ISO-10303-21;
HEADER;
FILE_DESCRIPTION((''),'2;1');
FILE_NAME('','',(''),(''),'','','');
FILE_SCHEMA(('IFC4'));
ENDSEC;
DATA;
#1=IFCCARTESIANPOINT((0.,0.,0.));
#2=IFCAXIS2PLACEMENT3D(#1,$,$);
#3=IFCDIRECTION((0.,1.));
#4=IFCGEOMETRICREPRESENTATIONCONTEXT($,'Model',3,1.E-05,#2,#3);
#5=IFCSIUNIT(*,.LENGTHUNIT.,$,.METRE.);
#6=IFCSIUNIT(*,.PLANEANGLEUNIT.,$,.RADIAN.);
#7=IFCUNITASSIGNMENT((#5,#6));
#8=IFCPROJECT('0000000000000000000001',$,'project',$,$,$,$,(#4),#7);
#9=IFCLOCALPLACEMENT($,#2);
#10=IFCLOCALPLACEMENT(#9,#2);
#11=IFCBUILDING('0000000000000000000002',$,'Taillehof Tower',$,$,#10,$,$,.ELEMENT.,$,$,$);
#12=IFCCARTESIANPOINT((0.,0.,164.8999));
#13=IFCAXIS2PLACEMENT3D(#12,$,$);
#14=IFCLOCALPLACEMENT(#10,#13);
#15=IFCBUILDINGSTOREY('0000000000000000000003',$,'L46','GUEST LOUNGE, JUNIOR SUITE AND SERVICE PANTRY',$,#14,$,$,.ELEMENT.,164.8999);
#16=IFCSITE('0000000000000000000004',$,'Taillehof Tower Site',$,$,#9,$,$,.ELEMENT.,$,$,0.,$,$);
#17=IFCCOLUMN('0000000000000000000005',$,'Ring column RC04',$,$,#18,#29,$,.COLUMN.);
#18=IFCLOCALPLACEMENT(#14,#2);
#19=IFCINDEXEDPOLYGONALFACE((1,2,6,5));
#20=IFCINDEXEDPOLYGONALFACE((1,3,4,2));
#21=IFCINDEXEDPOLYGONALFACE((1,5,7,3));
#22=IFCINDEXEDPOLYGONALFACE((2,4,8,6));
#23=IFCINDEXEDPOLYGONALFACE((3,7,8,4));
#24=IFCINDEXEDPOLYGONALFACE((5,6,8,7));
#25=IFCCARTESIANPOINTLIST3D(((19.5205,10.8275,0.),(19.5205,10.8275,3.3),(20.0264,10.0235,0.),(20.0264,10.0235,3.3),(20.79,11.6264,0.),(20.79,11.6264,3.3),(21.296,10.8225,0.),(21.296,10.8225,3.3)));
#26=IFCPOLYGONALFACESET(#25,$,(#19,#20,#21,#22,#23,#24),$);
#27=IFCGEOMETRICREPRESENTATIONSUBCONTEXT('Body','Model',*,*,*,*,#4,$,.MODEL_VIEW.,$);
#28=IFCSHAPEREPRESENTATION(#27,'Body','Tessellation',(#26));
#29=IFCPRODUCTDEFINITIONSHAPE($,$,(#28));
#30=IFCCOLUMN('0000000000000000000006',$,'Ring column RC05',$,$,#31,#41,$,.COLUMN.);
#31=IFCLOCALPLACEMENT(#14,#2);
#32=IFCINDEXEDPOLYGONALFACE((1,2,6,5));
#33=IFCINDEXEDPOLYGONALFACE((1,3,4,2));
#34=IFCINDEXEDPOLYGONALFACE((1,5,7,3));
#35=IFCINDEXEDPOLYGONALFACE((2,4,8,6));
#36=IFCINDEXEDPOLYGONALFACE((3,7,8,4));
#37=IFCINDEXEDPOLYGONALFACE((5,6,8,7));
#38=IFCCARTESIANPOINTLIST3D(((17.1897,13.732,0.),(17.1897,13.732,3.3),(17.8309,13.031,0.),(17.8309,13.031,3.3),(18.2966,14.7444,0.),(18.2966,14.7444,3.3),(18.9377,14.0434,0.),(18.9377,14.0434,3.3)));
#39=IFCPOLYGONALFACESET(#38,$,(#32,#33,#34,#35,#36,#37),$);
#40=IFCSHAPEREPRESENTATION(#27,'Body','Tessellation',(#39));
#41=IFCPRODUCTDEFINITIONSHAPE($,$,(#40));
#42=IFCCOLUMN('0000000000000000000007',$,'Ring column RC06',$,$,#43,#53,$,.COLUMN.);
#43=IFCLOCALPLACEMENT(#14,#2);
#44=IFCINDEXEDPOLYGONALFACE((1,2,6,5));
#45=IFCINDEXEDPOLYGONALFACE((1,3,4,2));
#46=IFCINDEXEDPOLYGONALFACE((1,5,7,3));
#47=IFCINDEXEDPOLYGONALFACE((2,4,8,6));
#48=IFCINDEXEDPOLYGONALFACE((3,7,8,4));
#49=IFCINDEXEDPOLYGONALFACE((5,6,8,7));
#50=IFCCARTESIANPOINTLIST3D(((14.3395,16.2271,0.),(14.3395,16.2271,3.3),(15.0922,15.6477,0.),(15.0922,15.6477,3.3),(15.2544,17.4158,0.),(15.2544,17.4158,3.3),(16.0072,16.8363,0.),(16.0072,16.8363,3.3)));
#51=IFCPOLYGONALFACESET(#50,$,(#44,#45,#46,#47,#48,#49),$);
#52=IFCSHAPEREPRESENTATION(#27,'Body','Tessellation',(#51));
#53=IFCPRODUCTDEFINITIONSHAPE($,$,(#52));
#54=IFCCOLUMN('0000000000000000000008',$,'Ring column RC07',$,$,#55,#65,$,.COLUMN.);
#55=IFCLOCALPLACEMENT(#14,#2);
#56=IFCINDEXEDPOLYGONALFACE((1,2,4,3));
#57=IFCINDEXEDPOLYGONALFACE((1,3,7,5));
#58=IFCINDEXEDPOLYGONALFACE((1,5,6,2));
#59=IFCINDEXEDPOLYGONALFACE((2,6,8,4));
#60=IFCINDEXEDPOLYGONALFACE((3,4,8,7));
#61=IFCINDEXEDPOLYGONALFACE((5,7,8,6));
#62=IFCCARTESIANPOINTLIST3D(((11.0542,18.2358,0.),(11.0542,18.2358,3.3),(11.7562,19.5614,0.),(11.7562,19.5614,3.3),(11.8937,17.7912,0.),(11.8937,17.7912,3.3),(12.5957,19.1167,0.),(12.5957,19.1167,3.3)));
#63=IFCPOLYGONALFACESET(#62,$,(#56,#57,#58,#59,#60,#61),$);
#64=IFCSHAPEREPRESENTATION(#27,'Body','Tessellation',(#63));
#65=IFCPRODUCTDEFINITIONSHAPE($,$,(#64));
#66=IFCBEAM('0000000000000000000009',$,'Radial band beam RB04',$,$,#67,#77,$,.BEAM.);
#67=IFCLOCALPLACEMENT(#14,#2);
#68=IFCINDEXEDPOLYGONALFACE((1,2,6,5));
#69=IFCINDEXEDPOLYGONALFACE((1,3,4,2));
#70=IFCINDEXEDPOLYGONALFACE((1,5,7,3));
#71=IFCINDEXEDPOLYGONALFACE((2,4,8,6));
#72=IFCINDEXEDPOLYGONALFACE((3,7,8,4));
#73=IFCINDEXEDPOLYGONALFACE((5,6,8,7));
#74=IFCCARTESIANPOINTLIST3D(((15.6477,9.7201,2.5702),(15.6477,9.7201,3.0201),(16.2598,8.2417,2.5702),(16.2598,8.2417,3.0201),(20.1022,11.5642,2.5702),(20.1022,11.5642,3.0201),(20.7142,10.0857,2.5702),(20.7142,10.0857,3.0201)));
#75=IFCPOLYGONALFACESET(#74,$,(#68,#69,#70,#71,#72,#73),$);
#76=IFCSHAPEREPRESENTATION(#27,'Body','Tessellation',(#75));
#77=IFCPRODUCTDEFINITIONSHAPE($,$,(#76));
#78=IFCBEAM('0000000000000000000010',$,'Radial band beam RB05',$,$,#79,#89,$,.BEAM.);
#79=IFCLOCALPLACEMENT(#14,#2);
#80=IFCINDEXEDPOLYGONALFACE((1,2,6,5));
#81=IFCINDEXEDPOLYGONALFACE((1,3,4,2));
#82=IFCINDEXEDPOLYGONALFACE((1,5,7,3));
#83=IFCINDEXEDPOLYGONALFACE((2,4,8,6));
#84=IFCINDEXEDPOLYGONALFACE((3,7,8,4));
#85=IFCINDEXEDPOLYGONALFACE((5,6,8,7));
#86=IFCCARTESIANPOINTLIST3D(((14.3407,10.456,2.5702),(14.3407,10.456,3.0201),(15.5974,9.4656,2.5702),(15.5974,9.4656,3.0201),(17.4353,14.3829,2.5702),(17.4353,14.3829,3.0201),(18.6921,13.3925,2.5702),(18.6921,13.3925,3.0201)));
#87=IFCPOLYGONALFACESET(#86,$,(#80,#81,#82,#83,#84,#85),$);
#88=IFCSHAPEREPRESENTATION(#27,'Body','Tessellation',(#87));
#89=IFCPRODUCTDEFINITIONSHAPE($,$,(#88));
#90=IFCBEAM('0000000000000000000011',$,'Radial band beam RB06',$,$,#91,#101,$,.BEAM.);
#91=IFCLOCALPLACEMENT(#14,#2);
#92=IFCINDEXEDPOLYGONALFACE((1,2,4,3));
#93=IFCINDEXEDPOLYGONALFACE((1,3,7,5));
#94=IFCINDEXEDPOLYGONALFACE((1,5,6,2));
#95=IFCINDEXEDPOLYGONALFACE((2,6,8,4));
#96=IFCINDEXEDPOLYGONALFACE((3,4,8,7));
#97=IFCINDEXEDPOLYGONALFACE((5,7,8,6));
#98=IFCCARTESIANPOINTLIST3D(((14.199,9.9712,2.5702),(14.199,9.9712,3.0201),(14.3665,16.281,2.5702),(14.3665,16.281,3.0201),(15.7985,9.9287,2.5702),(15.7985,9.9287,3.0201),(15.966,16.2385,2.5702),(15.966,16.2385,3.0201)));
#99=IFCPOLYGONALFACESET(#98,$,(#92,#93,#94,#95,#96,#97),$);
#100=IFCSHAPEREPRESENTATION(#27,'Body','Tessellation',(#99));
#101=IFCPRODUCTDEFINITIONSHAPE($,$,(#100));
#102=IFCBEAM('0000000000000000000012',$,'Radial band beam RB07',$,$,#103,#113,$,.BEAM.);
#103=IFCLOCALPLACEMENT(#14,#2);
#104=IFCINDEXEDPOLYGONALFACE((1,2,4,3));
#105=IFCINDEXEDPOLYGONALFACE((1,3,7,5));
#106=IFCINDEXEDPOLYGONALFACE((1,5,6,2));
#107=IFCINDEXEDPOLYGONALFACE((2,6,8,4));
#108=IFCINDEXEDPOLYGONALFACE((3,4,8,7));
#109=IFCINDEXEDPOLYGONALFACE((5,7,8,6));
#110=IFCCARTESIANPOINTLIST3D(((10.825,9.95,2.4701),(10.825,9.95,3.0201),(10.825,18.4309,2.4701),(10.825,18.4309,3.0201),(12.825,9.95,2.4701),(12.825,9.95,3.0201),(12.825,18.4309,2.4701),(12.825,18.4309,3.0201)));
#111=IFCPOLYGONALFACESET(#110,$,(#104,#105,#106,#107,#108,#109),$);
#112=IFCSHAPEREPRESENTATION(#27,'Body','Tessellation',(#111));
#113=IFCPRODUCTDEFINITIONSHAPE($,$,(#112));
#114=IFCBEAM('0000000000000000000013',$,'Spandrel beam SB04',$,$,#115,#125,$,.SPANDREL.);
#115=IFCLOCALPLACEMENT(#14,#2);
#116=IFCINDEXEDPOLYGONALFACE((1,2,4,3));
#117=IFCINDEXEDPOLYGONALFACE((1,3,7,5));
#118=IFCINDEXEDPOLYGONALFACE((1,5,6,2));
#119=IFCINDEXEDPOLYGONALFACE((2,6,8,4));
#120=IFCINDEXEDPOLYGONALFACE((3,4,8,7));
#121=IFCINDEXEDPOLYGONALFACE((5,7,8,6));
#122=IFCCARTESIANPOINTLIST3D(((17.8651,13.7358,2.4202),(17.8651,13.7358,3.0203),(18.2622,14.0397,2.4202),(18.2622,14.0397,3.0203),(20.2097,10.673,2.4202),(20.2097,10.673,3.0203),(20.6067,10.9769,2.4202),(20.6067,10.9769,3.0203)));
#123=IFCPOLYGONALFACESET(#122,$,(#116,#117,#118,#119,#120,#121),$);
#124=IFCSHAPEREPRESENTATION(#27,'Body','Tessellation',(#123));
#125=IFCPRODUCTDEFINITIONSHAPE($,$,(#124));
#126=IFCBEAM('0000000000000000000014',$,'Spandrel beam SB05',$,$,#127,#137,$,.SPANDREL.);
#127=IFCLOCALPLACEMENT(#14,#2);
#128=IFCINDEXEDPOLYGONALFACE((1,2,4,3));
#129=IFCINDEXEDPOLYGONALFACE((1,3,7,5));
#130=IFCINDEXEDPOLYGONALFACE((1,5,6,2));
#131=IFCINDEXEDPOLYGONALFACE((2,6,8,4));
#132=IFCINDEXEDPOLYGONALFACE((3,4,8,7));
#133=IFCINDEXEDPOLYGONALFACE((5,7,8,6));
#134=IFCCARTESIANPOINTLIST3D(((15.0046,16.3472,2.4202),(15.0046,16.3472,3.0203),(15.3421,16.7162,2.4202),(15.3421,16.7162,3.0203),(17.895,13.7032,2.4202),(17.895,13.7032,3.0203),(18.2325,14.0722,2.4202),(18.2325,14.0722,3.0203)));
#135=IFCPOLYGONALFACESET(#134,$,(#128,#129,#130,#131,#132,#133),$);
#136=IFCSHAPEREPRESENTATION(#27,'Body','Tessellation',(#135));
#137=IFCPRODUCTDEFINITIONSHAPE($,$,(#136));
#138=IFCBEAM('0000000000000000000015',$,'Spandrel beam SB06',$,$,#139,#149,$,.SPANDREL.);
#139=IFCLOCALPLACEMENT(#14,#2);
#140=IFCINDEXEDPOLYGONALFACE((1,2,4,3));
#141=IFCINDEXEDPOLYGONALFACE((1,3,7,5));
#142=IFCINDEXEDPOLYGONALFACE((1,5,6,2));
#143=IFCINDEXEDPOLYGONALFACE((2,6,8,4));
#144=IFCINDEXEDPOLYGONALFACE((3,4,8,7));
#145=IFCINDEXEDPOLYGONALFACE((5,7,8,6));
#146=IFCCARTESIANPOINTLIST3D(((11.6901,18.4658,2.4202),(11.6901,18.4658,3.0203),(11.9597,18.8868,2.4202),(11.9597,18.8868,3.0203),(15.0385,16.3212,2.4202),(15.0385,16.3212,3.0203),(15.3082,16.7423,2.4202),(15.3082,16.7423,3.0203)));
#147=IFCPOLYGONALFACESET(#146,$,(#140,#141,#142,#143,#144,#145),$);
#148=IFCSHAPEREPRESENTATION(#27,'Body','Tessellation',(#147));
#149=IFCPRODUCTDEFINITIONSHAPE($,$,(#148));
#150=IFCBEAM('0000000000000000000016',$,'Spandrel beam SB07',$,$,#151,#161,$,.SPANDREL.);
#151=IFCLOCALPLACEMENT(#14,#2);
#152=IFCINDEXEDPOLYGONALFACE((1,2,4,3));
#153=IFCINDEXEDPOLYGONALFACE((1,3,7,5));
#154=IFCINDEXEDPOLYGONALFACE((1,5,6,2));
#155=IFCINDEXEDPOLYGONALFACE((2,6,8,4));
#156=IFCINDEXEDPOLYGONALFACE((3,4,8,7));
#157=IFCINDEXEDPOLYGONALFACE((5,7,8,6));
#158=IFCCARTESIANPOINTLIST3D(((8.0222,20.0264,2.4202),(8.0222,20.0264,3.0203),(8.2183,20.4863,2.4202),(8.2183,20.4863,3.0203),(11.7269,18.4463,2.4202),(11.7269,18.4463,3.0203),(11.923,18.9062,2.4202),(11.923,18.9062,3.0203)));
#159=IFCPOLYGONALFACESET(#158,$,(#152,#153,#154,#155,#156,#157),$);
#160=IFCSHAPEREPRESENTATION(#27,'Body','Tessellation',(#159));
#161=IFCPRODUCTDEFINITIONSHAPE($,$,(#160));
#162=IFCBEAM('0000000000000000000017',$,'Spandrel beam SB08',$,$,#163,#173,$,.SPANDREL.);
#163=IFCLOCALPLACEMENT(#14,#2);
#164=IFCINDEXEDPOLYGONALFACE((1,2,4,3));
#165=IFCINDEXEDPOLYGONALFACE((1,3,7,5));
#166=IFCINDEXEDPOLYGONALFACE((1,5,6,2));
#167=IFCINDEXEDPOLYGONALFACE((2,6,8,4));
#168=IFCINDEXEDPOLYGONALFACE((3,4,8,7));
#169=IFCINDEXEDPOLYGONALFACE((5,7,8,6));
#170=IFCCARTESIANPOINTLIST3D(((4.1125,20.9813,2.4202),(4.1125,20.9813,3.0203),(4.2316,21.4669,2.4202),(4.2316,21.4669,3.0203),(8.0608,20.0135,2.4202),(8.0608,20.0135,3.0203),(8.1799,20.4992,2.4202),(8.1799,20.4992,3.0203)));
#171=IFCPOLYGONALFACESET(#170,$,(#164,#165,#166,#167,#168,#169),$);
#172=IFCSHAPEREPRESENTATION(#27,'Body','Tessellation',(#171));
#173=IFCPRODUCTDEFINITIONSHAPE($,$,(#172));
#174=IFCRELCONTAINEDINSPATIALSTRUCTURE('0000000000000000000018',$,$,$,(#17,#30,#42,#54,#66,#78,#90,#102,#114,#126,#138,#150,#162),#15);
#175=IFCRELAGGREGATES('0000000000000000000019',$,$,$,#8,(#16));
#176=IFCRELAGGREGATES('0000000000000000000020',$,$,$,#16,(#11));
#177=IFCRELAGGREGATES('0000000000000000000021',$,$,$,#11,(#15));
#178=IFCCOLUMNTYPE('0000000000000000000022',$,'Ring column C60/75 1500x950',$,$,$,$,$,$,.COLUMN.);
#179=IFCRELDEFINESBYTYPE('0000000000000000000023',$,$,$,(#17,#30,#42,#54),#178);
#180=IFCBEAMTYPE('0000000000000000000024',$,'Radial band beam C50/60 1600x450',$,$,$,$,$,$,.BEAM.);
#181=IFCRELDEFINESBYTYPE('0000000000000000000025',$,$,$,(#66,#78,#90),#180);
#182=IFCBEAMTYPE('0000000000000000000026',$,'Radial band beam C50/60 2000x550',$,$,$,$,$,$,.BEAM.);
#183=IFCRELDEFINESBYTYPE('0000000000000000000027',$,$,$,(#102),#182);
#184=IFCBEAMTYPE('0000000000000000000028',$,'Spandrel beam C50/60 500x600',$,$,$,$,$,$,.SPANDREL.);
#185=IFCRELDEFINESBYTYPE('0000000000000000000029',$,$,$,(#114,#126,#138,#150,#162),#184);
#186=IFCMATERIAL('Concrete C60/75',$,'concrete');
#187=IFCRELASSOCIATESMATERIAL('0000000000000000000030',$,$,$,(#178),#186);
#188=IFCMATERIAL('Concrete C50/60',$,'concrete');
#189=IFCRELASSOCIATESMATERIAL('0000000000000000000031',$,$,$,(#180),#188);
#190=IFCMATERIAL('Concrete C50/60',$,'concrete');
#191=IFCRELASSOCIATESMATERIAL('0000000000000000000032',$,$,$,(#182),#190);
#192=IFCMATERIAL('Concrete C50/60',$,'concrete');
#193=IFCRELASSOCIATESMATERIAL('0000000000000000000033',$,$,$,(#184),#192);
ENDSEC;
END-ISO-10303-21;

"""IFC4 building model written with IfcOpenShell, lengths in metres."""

from ifc_helpers import new_model, si_unit, direction, frame, origin, origin_2d, place, context, subcontext, project, spatial, rectangle, extrude, material, material_profile, profile_set, type_object, element, save


model = new_model("IFC4")

# Units and contexts
model_context = context("Model", 3, precision=1e-05, world=origin(), true_north=direction((0.0, 1.0)))
body_context = subcontext(model_context, "Body", "Model", "MODEL_VIEW")
ifc_project = project(units=[si_unit("LENGTHUNIT", "METRE"), si_unit("PLANEANGLEUNIT", "RADIAN")], contexts=[model_context])

# Site, building, storey
site_placement = place(None, origin())
site = spatial("IfcSite", under=ifc_project, at=site_placement, Name="Taillehof Tower Site", CompositionType="ELEMENT", RefElevation=0.0)
building_placement = place(site_placement, origin())
building = spatial("IfcBuilding", under=site, at=building_placement, Name="Taillehof Tower", CompositionType="ELEMENT")
storey_placement = place(building_placement, frame((0.0, 0.0, 164.8999)))
storey = spatial("IfcBuildingStorey", under=building, at=storey_placement, Name="L46", Description="GUEST LOUNGE, JUNIOR SUITE AND SERVICE PANTRY", CompositionType="ELEMENT", Elevation=164.8999)

# Columns
ifc_material_1 = material(Name="Concrete C60/75", Category="concrete")
ifc_material_profile_1 = material_profile(ifc_material_1, rectangle(XDim=1.5, YDim=0.95, at=origin_2d()), Name="RC 1500x950")
ifc_profile_set_1 = profile_set([ifc_material_profile_1], Name="Concrete C60/75")
column_type = type_object("IfcColumnType", Name="Ring column C60/75 1500x950", PredefinedType="COLUMN", material=ifc_profile_set_1)
for number, where, z_axis, x_axis, name in (
    (1, (20.4082, 10.825, 0.0), (0.0, 0.0, 1.0), (0.846334, 0.532652, 0.0), "Ring column RC04"),
    (2, (18.0637, 13.8877, 0.0), (0.0, 0.0, 1.0), (0.737879, 0.674933, 0.0), "Ring column RC05"),
    (3, (15.1733, 16.5317, 0.0), (0.0, 0.0, 1.0), (0.609971, 0.792424, 0.0), "Ring column RC06"),
    (4, (11.825, 18.6763, 0.0), (0.0, 0.0, 1.0), (0.468042, 0.883706, 0.0), "Ring column RC07"),
):
    element("IfcColumn", number, at=place(storey_placement, frame(where, z_axis=z_axis, x_axis=x_axis)), inside=storey, type_object=column_type, Name=name, PredefinedType="COLUMN", context=body_context, shape_type="SweptSolid", body=[
        extrude(rectangle(XDim=1.5, YDim=0.95, at=origin_2d()), origin(), (0.0, 0.0, 1.0), 3.3),
    ])

# Beams
ifc_material_2 = material(Name="Concrete C50/60", Category="concrete")
ifc_material_profile_2 = material_profile(ifc_material_2, rectangle(XDim=1.6001, YDim=0.45, at=origin_2d()), Name="RC 1600x450")
ifc_profile_set_2 = profile_set([ifc_material_profile_2], Name="Concrete C50/60")
beam_type_1 = type_object("IfcBeamType", Name="Radial band beam C50/60 1600x450", PredefinedType="BEAM", material=ifc_profile_set_2)
beam_1_placement = place(storey_placement, frame((20.4082, 10.825, 2.7952), z_axis=(-0.923957, -0.382496, 0.0), x_axis=(0.382496, -0.923957, 0.0)))
element("IfcBeam", 5, at=beam_1_placement, inside=storey, type_object=beam_type_1, Name="Radial band beam RB04", PredefinedType="BEAM", context=body_context, shape_type="SweptSolid", body=[
    extrude(rectangle(XDim=1.6001, YDim=0.45, at=origin_2d()), origin(), (0.0, 0.0, 1.0), 4.821),
])
beam_2_placement = place(storey_placement, frame((18.0637, 13.8877, 2.7952), z_axis=(-0.618962, -0.785421, 0.0), x_axis=(0.785421, -0.618962, 0.0)))
element("IfcBeam", 6, at=beam_2_placement, inside=storey, type_object=beam_type_1, Name="Radial band beam RB05", PredefinedType="BEAM", context=body_context, shape_type="SweptSolid", body=[
    extrude(rectangle(XDim=1.6001, YDim=0.45, at=origin_2d()), origin(), (0.0, 0.0, 1.0), 4.9998),
])
beam_3_placement = place(storey_placement, frame((15.1663, 16.2598, 2.7952), z_axis=(-0.026534, -0.999648, 0.0), x_axis=(0.999648, -0.026534, 0.0)))
element("IfcBeam", 7, at=beam_3_placement, inside=storey, type_object=beam_type_1, Name="Radial band beam RB06", PredefinedType="BEAM", context=body_context, shape_type="SweptSolid", body=[
    extrude(rectangle(XDim=1.6001, YDim=0.45, at=origin_2d()), origin(), (0.0, 0.0, 1.0), 6.312),
])
ifc_material_3 = material(Name="Concrete C50/60", Category="concrete")
ifc_material_profile_3 = material_profile(ifc_material_3, rectangle(XDim=2.0, YDim=0.55, at=origin_2d()), Name="RC 2000x550")
ifc_profile_set_3 = profile_set([ifc_material_profile_3], Name="Concrete C50/60")
beam_type_2 = type_object("IfcBeamType", Name="Radial band beam C50/60 2000x550", PredefinedType="BEAM", material=ifc_profile_set_3)
beam_4_placement = place(storey_placement, frame((11.825, 18.4309, 2.7451), z_axis=(0.0, -1.0, 0.0), x_axis=(1.0, 0.0, 0.0)))
element("IfcBeam", 8, at=beam_4_placement, inside=storey, type_object=beam_type_2, Name="Radial band beam RB07", PredefinedType="BEAM", context=body_context, shape_type="SweptSolid", body=[
    extrude(rectangle(XDim=2.0, YDim=0.55, at=origin_2d()), origin(), (0.0, 0.0, 1.0), 8.481),
])
ifc_material_4 = material(Name="Concrete C50/60", Category="concrete")
ifc_material_profile_4 = material_profile(ifc_material_4, rectangle(XDim=0.5, YDim=0.6001, at=origin_2d()), Name="RC 500x600")
ifc_profile_set_4 = profile_set([ifc_material_profile_4], Name="Concrete C50/60")
beam_type_3 = type_object("IfcBeamType", Name="Spandrel beam C50/60 500x600", PredefinedType="SPANDREL", material=ifc_profile_set_4)
beam_5_placement = place(storey_placement, frame((20.4082, 10.825, 2.7202), z_axis=(-0.60784, 0.794059, 0.0), x_axis=(-0.794059, -0.60784, 0.0)))
element("IfcBeam", 9, at=beam_5_placement, inside=storey, type_object=beam_type_3, Name="Spandrel beam SB04", PredefinedType="SPANDREL", context=body_context, shape_type="SweptSolid", body=[
    extrude(rectangle(XDim=0.5, YDim=0.6001, at=origin_2d()), origin(), (0.0, 0.0, 1.0), 3.8572),
])
beam_6_placement = place(storey_placement, frame((18.0637, 13.8877, 2.7202), z_axis=(-0.73785, 0.674965, 0.0), x_axis=(-0.674965, -0.73785, 0.0)))
element("IfcBeam", 10, at=beam_6_placement, inside=storey, type_object=beam_type_3, Name="Spandrel beam SB05", PredefinedType="SPANDREL", context=body_context, shape_type="SweptSolid", body=[
    extrude(rectangle(XDim=0.5, YDim=0.6001, at=origin_2d()), origin(), (0.0, 0.0, 1.0), 3.9172),
])
beam_7_placement = place(storey_placement, frame((15.1733, 16.5317, 2.7202), z_axis=(-0.842093, 0.539332, 0.0), x_axis=(-0.539332, -0.842093, 0.0)))
element("IfcBeam", 11, at=beam_7_placement, inside=storey, type_object=beam_type_3, Name="Spandrel beam SB06", PredefinedType="SPANDREL", context=body_context, shape_type="SweptSolid", body=[
    extrude(rectangle(XDim=0.5, YDim=0.6001, at=origin_2d()), origin(), (0.0, 0.0, 1.0), 3.9763),
])
beam_8_placement = place(storey_placement, frame((11.825, 18.6763, 2.7202), z_axis=(-0.919827, 0.392324, 0.0), x_axis=(-0.392324, -0.919827, 0.0)))
element("IfcBeam", 12, at=beam_8_placement, inside=storey, type_object=beam_type_3, Name="Spandrel beam SB07", PredefinedType="SPANDREL", context=body_context, shape_type="SweptSolid", body=[
    extrude(rectangle(XDim=0.5, YDim=0.6001, at=origin_2d()), origin(), (0.0, 0.0, 1.0), 4.0276),
])
beam_9_placement = place(storey_placement, frame((8.1204, 20.2563, 2.7202), z_axis=(-0.971249, 0.238068, 0.0), x_axis=(-0.238068, -0.971249, 0.0)))
element("IfcBeam", 13, at=beam_9_placement, inside=storey, type_object=beam_type_3, Name="Spandrel beam SB08", PredefinedType="SPANDREL", context=body_context, shape_type="SweptSolid", body=[
    extrude(rectangle(XDim=0.5, YDim=0.6001, at=origin_2d()), origin(), (0.0, 0.0, 1.0), 4.0652),
])

save(model, "model.ifc")
